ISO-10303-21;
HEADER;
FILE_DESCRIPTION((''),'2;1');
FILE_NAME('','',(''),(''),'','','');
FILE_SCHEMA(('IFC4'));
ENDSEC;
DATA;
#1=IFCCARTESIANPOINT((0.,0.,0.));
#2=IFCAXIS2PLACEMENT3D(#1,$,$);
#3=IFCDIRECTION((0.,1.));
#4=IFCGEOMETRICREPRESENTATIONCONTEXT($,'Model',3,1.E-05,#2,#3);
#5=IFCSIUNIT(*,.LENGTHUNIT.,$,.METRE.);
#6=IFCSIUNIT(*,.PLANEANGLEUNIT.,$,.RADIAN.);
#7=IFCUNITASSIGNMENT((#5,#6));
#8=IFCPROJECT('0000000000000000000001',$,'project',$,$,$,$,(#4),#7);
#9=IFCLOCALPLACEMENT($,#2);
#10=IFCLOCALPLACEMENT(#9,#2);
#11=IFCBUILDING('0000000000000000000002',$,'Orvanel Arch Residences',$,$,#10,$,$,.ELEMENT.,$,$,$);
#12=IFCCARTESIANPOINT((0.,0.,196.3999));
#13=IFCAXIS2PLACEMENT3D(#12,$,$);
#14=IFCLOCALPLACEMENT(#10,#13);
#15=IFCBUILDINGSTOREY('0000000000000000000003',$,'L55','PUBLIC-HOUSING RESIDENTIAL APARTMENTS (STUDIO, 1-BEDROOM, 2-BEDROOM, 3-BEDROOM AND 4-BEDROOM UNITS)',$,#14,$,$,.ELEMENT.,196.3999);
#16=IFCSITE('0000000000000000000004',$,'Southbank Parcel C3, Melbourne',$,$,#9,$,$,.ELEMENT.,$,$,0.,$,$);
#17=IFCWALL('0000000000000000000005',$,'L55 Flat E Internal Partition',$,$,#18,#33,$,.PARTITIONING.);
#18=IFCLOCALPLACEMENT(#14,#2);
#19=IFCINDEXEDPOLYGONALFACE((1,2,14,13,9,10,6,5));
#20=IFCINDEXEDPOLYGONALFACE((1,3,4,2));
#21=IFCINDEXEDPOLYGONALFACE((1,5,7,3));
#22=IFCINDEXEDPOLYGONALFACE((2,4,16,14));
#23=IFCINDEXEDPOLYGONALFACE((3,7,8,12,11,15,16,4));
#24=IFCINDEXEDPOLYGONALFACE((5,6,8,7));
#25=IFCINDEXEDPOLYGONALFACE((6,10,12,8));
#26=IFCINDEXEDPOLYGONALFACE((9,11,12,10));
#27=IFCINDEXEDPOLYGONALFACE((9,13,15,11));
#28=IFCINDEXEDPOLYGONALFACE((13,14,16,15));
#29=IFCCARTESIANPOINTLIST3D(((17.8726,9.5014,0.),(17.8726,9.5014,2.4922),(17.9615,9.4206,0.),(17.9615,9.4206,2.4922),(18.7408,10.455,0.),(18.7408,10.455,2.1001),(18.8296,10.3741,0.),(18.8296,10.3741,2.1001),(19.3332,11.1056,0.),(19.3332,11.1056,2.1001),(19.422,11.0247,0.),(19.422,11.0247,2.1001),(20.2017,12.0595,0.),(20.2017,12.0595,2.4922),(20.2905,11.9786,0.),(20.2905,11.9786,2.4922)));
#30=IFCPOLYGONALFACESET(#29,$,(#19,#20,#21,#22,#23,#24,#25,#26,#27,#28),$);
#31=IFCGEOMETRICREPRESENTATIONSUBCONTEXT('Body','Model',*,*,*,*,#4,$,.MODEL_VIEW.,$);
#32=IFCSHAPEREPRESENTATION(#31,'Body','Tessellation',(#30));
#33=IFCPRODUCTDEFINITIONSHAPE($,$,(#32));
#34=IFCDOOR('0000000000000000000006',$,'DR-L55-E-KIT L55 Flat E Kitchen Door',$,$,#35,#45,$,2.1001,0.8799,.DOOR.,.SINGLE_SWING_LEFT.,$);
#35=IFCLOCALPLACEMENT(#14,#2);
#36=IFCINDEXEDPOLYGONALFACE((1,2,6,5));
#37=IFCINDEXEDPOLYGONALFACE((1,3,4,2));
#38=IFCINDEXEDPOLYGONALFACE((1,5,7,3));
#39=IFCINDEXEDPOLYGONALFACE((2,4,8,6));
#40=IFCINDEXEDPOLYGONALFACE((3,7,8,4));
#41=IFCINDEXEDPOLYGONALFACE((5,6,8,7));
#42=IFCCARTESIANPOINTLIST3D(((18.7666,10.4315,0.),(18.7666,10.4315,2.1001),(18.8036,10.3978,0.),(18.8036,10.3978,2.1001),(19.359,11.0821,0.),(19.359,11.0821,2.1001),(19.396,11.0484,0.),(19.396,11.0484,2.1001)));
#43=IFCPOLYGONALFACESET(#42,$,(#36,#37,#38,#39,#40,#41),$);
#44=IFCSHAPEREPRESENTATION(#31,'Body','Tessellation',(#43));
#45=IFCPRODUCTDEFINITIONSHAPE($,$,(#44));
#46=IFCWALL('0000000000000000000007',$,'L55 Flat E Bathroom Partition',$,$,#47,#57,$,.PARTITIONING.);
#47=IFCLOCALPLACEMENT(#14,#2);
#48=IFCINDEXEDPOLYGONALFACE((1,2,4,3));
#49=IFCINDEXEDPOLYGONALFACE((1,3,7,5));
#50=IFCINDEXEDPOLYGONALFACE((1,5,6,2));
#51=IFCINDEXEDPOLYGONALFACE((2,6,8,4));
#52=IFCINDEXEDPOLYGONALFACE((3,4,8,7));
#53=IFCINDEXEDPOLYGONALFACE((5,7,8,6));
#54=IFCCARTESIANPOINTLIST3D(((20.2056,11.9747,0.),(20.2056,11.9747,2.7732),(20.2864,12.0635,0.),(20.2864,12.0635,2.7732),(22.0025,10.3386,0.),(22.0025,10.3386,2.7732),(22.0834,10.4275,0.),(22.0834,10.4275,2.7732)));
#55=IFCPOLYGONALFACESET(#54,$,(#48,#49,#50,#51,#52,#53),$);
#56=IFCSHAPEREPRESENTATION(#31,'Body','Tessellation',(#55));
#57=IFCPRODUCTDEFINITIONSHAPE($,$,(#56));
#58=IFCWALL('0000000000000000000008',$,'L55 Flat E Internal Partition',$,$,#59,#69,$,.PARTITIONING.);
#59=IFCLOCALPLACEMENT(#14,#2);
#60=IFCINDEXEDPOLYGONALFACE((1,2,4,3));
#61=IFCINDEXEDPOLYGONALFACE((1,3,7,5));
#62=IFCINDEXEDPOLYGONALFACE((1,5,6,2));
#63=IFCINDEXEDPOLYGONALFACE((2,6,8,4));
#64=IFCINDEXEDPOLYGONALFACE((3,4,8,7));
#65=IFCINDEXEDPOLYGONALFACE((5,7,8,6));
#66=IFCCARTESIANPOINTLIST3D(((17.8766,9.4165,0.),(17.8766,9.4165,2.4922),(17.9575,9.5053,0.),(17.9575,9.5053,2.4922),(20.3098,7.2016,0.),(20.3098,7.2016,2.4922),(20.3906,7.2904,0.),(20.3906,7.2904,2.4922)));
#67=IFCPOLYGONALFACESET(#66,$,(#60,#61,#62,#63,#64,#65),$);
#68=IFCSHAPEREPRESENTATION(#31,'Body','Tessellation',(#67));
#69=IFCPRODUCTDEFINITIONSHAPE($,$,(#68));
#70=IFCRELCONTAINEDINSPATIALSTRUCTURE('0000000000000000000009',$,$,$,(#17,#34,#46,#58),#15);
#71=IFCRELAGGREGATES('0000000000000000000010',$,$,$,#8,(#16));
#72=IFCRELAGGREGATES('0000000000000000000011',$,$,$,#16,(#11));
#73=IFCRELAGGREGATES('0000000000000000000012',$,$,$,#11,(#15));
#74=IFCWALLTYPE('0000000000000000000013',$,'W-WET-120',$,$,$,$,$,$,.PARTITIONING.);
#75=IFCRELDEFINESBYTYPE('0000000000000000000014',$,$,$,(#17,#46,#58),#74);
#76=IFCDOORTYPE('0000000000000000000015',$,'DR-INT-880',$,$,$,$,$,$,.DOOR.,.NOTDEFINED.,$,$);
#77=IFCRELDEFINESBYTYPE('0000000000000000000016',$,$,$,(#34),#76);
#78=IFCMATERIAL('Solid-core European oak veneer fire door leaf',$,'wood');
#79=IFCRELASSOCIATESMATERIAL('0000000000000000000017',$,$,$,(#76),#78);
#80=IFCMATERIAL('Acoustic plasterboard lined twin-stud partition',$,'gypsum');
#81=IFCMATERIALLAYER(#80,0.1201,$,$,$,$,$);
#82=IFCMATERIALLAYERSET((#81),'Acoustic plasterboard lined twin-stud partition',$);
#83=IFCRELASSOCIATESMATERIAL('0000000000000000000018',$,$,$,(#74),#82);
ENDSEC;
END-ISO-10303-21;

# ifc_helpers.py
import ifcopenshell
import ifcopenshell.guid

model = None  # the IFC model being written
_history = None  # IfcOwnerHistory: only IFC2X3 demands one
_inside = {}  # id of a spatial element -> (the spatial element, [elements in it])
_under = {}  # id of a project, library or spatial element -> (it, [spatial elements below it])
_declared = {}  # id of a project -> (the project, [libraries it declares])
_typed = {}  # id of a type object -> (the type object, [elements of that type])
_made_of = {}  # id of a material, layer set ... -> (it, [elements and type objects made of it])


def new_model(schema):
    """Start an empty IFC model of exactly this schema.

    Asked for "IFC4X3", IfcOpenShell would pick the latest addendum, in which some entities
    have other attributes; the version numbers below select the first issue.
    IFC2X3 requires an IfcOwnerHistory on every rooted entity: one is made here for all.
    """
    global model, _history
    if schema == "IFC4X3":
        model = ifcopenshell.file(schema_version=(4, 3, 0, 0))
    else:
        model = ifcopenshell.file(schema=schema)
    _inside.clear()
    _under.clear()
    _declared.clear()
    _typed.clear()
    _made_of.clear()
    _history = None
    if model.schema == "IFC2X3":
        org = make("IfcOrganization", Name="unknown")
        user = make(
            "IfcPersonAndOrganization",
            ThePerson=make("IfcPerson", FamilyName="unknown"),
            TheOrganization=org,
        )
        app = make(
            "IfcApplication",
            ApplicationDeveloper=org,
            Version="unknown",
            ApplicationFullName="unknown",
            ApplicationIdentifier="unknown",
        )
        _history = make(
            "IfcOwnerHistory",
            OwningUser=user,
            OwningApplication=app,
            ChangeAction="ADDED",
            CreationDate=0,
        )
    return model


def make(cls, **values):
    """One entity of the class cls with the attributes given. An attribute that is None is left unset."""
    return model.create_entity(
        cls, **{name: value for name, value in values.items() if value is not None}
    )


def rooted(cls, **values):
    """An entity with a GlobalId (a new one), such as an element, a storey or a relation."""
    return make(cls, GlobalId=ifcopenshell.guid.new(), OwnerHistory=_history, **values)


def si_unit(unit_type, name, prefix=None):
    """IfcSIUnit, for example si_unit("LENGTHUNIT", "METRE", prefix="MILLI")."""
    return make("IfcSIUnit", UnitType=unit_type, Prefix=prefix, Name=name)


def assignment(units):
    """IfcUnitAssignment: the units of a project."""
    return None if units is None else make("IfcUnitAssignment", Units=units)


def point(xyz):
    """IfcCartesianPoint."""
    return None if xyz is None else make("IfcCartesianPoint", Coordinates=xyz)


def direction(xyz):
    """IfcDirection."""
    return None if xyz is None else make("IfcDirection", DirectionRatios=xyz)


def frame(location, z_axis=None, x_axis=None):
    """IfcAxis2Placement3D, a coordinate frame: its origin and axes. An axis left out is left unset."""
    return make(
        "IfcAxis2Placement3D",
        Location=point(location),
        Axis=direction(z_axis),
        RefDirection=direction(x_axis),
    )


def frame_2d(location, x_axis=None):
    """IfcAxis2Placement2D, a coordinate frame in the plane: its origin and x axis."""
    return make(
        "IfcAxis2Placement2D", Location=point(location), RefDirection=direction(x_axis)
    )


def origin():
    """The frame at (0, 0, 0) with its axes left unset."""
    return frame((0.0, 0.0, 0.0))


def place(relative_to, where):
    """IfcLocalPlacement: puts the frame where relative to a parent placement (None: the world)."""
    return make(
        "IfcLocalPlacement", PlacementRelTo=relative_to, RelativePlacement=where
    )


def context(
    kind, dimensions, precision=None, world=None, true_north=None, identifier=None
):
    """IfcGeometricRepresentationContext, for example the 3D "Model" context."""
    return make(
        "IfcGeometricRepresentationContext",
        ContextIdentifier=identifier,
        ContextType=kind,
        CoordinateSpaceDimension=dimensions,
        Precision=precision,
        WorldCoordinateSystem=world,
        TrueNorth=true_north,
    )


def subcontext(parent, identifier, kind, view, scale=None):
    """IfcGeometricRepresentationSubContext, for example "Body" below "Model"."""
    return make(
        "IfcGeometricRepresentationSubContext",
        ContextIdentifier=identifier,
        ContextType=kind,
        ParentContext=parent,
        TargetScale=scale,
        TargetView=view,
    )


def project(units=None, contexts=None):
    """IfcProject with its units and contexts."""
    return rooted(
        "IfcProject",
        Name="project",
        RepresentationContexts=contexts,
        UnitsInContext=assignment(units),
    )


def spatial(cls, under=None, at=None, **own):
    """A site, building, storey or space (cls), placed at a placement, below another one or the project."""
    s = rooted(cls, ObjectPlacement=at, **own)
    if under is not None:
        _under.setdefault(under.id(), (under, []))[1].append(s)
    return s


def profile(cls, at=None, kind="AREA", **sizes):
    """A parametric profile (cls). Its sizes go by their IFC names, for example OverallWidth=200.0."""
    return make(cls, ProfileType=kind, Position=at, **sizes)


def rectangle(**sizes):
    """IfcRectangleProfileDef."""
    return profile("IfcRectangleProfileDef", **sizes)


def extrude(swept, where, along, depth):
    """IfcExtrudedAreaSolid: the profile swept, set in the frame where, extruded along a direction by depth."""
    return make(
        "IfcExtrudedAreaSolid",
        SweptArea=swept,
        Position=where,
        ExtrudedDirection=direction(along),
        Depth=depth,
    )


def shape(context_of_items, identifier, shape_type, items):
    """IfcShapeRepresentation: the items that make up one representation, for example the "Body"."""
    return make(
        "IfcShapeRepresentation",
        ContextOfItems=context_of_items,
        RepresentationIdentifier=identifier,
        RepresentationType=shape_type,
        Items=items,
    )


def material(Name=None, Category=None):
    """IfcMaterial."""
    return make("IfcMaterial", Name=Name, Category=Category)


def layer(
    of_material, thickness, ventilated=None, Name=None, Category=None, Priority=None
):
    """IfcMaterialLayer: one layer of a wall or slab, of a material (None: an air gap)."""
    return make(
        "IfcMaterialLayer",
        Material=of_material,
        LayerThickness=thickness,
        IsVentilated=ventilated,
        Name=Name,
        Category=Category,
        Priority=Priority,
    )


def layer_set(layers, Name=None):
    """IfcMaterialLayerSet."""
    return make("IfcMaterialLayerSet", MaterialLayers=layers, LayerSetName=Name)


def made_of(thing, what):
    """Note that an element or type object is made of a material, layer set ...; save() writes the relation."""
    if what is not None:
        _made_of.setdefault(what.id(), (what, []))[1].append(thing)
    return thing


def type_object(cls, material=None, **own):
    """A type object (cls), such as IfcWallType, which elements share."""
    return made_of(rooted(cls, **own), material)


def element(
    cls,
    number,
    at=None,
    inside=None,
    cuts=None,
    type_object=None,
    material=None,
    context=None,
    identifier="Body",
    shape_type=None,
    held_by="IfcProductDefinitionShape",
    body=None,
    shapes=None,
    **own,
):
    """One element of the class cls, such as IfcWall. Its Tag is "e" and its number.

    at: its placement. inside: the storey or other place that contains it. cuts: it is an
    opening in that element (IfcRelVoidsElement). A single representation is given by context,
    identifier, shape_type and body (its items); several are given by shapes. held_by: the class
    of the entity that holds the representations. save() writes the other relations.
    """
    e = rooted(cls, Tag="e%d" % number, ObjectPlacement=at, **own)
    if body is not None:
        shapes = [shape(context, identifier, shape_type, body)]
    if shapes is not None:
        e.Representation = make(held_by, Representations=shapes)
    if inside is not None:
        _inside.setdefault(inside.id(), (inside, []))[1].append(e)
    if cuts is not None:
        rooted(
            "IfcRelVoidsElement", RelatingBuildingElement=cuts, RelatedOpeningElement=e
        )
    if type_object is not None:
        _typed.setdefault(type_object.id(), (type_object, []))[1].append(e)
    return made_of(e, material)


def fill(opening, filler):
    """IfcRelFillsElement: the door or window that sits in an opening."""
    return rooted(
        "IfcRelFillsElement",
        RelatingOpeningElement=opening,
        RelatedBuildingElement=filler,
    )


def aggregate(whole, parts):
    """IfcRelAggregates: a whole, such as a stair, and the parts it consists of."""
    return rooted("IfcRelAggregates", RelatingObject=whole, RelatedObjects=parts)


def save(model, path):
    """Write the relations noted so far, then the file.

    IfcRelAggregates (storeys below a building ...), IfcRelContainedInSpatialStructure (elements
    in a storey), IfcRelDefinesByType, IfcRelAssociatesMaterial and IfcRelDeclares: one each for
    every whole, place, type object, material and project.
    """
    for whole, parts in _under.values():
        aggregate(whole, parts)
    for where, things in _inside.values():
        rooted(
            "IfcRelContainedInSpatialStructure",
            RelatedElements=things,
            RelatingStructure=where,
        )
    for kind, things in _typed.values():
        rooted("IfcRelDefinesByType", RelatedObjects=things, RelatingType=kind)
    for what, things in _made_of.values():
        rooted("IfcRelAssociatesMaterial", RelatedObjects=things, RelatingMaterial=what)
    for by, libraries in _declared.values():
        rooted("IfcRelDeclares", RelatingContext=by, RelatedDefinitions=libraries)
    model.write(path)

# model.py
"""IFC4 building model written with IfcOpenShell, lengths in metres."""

from ifc_helpers import new_model, si_unit, direction, frame, frame_2d, origin, place, context, subcontext, project, spatial, rectangle, extrude, material, layer, layer_set, type_object, element, fill, save


model = new_model("IFC4")

# Units and contexts
model_context = context("Model", 3, precision=1e-05, world=origin(), true_north=direction((0.0, 1.0)))
body_context = subcontext(model_context, "Body", "Model", "MODEL_VIEW")
ifc_project = project(units=[si_unit("LENGTHUNIT", "METRE"), si_unit("PLANEANGLEUNIT", "RADIAN")], contexts=[model_context])

# Site, building, storey
site_placement = place(None, origin())
site = spatial("IfcSite", under=ifc_project, at=site_placement, Name="Southbank Parcel C3, Melbourne", CompositionType="ELEMENT", RefElevation=0.0)
building_placement = place(site_placement, origin())
building = spatial("IfcBuilding", under=site, at=building_placement, Name="Orvanel Arch Residences", CompositionType="ELEMENT")
storey_placement = place(building_placement, frame((0.0, 0.0, 196.3999)))
storey = spatial("IfcBuildingStorey", under=building, at=storey_placement, Name="L55", Description="PUBLIC-HOUSING RESIDENTIAL APARTMENTS (STUDIO, 1-BEDROOM, 2-BEDROOM, 3-BEDROOM AND 4-BEDROOM UNITS)", CompositionType="ELEMENT", Elevation=196.3999)

# Shared definitions
ifc_material_1 = material(Name="Solid-core European oak veneer fire door leaf", Category="wood")

# Shared definitions
door_type_1 = type_object("IfcDoorType", Name="DR-INT-880", OperationType="NOTDEFINED", PredefinedType="DOOR", material=ifc_material_1)

# Shared definitions
ifc_material_2 = material(Name="Acoustic plasterboard lined twin-stud partition", Category="gypsum")

# Shared definitions
ifc_layer_1 = layer(ifc_material_2, 0.1201)
ifc_layer_set_1 = layer_set([ifc_layer_1], Name="Acoustic plasterboard lined twin-stud partition")
wall_type_1 = type_object("IfcWallType", Name="W-WET-120", PredefinedType="PARTITIONING", material=ifc_layer_set_1)

# Wall, opening, door
wall_1_placement = place(storey_placement, frame((20.2461, 12.019, 0.0), z_axis=(0.0, 0.0, 1.0), x_axis=(-0.673235, -0.739429, 0.0)))
wall_1 = element("IfcWall", 1, at=wall_1_placement, inside=storey, type_object=wall_type_1, Name="L55 Flat E Internal Partition", PredefinedType="PARTITIONING", context=body_context, shape_type="SweptSolid", body=[
    extrude(rectangle(XDim=3.4595, YDim=0.1201, at=frame_2d((1.7297, 0.0))), origin(), (0.0, 0.0, 1.0), 2.4922),
])
opening_1_placement = place(wall_1_placement, frame((1.29, 0.0, 0.0)))
opening_1 = element("IfcOpeningElement", 2, at=opening_1_placement, cuts=wall_1, PredefinedType="OPENING", context=body_context, shape_type="SweptSolid", body=[
    extrude(rectangle(XDim=0.8799, YDim=2.1001, at=frame_2d((0.4399, 1.05))), frame((0.0, 0.0701, 0.0), z_axis=(0.0, -1.0, 0.0), x_axis=(1.0, 0.0, 0.0)), (0.0, 0.0, 1.0), 0.1401),
])
door_1_placement = place(opening_1_placement, origin())
door_1 = element("IfcDoor", 3, at=door_1_placement, inside=storey, type_object=door_type_1, Name="DR-L55-E-KIT L55 Flat E Kitchen Door", OperationType="SINGLE_SWING_LEFT", OverallHeight=2.1001, OverallWidth=0.8799, PredefinedType="DOOR", context=body_context, shape_type="SweptSolid", body=[
    extrude(rectangle(XDim=0.8799, YDim=2.1001, at=frame_2d((0.4399, 1.05))), frame((0.0, 0.0249, 0.0), z_axis=(0.0, -1.0, 0.0), x_axis=(1.0, 0.0, 0.0)), (0.0, 0.0, 1.0), 0.05),
])
fill(opening_1, door_1)

# Walls
wall_2_placement = place(storey_placement, frame((22.043, 10.3831, 0.0), z_axis=(0.0, 0.0, 1.0), x_axis=(-0.739435, 0.673228, 0.0)))
element("IfcWall", 4, at=wall_2_placement, inside=storey, type_object=wall_type_1, Name="L55 Flat E Bathroom Partition", PredefinedType="PARTITIONING", context=body_context, shape_type="SweptSolid", body=[
    extrude(rectangle(XDim=2.4302, YDim=0.1201, at=frame_2d((1.2151, 0.0))), origin(), (0.0, 0.0, 1.0), 2.7732),
])
wall_3_placement = place(storey_placement, frame((20.3501, 7.2461, 0.0), z_axis=(0.0, 0.0, 1.0), x_axis=(-0.739497, 0.67316, 0.0)))
element("IfcWall", 5, at=wall_3_placement, inside=storey, type_object=wall_type_1, Name="L55 Flat E Internal Partition", PredefinedType="PARTITIONING", context=body_context, shape_type="SweptSolid", body=[
    extrude(rectangle(XDim=3.2903, YDim=0.1201, at=frame_2d((1.645, 0.0))), origin(), (0.0, 0.0, 1.0), 2.4922),
])

save(model, "model.ifc")
